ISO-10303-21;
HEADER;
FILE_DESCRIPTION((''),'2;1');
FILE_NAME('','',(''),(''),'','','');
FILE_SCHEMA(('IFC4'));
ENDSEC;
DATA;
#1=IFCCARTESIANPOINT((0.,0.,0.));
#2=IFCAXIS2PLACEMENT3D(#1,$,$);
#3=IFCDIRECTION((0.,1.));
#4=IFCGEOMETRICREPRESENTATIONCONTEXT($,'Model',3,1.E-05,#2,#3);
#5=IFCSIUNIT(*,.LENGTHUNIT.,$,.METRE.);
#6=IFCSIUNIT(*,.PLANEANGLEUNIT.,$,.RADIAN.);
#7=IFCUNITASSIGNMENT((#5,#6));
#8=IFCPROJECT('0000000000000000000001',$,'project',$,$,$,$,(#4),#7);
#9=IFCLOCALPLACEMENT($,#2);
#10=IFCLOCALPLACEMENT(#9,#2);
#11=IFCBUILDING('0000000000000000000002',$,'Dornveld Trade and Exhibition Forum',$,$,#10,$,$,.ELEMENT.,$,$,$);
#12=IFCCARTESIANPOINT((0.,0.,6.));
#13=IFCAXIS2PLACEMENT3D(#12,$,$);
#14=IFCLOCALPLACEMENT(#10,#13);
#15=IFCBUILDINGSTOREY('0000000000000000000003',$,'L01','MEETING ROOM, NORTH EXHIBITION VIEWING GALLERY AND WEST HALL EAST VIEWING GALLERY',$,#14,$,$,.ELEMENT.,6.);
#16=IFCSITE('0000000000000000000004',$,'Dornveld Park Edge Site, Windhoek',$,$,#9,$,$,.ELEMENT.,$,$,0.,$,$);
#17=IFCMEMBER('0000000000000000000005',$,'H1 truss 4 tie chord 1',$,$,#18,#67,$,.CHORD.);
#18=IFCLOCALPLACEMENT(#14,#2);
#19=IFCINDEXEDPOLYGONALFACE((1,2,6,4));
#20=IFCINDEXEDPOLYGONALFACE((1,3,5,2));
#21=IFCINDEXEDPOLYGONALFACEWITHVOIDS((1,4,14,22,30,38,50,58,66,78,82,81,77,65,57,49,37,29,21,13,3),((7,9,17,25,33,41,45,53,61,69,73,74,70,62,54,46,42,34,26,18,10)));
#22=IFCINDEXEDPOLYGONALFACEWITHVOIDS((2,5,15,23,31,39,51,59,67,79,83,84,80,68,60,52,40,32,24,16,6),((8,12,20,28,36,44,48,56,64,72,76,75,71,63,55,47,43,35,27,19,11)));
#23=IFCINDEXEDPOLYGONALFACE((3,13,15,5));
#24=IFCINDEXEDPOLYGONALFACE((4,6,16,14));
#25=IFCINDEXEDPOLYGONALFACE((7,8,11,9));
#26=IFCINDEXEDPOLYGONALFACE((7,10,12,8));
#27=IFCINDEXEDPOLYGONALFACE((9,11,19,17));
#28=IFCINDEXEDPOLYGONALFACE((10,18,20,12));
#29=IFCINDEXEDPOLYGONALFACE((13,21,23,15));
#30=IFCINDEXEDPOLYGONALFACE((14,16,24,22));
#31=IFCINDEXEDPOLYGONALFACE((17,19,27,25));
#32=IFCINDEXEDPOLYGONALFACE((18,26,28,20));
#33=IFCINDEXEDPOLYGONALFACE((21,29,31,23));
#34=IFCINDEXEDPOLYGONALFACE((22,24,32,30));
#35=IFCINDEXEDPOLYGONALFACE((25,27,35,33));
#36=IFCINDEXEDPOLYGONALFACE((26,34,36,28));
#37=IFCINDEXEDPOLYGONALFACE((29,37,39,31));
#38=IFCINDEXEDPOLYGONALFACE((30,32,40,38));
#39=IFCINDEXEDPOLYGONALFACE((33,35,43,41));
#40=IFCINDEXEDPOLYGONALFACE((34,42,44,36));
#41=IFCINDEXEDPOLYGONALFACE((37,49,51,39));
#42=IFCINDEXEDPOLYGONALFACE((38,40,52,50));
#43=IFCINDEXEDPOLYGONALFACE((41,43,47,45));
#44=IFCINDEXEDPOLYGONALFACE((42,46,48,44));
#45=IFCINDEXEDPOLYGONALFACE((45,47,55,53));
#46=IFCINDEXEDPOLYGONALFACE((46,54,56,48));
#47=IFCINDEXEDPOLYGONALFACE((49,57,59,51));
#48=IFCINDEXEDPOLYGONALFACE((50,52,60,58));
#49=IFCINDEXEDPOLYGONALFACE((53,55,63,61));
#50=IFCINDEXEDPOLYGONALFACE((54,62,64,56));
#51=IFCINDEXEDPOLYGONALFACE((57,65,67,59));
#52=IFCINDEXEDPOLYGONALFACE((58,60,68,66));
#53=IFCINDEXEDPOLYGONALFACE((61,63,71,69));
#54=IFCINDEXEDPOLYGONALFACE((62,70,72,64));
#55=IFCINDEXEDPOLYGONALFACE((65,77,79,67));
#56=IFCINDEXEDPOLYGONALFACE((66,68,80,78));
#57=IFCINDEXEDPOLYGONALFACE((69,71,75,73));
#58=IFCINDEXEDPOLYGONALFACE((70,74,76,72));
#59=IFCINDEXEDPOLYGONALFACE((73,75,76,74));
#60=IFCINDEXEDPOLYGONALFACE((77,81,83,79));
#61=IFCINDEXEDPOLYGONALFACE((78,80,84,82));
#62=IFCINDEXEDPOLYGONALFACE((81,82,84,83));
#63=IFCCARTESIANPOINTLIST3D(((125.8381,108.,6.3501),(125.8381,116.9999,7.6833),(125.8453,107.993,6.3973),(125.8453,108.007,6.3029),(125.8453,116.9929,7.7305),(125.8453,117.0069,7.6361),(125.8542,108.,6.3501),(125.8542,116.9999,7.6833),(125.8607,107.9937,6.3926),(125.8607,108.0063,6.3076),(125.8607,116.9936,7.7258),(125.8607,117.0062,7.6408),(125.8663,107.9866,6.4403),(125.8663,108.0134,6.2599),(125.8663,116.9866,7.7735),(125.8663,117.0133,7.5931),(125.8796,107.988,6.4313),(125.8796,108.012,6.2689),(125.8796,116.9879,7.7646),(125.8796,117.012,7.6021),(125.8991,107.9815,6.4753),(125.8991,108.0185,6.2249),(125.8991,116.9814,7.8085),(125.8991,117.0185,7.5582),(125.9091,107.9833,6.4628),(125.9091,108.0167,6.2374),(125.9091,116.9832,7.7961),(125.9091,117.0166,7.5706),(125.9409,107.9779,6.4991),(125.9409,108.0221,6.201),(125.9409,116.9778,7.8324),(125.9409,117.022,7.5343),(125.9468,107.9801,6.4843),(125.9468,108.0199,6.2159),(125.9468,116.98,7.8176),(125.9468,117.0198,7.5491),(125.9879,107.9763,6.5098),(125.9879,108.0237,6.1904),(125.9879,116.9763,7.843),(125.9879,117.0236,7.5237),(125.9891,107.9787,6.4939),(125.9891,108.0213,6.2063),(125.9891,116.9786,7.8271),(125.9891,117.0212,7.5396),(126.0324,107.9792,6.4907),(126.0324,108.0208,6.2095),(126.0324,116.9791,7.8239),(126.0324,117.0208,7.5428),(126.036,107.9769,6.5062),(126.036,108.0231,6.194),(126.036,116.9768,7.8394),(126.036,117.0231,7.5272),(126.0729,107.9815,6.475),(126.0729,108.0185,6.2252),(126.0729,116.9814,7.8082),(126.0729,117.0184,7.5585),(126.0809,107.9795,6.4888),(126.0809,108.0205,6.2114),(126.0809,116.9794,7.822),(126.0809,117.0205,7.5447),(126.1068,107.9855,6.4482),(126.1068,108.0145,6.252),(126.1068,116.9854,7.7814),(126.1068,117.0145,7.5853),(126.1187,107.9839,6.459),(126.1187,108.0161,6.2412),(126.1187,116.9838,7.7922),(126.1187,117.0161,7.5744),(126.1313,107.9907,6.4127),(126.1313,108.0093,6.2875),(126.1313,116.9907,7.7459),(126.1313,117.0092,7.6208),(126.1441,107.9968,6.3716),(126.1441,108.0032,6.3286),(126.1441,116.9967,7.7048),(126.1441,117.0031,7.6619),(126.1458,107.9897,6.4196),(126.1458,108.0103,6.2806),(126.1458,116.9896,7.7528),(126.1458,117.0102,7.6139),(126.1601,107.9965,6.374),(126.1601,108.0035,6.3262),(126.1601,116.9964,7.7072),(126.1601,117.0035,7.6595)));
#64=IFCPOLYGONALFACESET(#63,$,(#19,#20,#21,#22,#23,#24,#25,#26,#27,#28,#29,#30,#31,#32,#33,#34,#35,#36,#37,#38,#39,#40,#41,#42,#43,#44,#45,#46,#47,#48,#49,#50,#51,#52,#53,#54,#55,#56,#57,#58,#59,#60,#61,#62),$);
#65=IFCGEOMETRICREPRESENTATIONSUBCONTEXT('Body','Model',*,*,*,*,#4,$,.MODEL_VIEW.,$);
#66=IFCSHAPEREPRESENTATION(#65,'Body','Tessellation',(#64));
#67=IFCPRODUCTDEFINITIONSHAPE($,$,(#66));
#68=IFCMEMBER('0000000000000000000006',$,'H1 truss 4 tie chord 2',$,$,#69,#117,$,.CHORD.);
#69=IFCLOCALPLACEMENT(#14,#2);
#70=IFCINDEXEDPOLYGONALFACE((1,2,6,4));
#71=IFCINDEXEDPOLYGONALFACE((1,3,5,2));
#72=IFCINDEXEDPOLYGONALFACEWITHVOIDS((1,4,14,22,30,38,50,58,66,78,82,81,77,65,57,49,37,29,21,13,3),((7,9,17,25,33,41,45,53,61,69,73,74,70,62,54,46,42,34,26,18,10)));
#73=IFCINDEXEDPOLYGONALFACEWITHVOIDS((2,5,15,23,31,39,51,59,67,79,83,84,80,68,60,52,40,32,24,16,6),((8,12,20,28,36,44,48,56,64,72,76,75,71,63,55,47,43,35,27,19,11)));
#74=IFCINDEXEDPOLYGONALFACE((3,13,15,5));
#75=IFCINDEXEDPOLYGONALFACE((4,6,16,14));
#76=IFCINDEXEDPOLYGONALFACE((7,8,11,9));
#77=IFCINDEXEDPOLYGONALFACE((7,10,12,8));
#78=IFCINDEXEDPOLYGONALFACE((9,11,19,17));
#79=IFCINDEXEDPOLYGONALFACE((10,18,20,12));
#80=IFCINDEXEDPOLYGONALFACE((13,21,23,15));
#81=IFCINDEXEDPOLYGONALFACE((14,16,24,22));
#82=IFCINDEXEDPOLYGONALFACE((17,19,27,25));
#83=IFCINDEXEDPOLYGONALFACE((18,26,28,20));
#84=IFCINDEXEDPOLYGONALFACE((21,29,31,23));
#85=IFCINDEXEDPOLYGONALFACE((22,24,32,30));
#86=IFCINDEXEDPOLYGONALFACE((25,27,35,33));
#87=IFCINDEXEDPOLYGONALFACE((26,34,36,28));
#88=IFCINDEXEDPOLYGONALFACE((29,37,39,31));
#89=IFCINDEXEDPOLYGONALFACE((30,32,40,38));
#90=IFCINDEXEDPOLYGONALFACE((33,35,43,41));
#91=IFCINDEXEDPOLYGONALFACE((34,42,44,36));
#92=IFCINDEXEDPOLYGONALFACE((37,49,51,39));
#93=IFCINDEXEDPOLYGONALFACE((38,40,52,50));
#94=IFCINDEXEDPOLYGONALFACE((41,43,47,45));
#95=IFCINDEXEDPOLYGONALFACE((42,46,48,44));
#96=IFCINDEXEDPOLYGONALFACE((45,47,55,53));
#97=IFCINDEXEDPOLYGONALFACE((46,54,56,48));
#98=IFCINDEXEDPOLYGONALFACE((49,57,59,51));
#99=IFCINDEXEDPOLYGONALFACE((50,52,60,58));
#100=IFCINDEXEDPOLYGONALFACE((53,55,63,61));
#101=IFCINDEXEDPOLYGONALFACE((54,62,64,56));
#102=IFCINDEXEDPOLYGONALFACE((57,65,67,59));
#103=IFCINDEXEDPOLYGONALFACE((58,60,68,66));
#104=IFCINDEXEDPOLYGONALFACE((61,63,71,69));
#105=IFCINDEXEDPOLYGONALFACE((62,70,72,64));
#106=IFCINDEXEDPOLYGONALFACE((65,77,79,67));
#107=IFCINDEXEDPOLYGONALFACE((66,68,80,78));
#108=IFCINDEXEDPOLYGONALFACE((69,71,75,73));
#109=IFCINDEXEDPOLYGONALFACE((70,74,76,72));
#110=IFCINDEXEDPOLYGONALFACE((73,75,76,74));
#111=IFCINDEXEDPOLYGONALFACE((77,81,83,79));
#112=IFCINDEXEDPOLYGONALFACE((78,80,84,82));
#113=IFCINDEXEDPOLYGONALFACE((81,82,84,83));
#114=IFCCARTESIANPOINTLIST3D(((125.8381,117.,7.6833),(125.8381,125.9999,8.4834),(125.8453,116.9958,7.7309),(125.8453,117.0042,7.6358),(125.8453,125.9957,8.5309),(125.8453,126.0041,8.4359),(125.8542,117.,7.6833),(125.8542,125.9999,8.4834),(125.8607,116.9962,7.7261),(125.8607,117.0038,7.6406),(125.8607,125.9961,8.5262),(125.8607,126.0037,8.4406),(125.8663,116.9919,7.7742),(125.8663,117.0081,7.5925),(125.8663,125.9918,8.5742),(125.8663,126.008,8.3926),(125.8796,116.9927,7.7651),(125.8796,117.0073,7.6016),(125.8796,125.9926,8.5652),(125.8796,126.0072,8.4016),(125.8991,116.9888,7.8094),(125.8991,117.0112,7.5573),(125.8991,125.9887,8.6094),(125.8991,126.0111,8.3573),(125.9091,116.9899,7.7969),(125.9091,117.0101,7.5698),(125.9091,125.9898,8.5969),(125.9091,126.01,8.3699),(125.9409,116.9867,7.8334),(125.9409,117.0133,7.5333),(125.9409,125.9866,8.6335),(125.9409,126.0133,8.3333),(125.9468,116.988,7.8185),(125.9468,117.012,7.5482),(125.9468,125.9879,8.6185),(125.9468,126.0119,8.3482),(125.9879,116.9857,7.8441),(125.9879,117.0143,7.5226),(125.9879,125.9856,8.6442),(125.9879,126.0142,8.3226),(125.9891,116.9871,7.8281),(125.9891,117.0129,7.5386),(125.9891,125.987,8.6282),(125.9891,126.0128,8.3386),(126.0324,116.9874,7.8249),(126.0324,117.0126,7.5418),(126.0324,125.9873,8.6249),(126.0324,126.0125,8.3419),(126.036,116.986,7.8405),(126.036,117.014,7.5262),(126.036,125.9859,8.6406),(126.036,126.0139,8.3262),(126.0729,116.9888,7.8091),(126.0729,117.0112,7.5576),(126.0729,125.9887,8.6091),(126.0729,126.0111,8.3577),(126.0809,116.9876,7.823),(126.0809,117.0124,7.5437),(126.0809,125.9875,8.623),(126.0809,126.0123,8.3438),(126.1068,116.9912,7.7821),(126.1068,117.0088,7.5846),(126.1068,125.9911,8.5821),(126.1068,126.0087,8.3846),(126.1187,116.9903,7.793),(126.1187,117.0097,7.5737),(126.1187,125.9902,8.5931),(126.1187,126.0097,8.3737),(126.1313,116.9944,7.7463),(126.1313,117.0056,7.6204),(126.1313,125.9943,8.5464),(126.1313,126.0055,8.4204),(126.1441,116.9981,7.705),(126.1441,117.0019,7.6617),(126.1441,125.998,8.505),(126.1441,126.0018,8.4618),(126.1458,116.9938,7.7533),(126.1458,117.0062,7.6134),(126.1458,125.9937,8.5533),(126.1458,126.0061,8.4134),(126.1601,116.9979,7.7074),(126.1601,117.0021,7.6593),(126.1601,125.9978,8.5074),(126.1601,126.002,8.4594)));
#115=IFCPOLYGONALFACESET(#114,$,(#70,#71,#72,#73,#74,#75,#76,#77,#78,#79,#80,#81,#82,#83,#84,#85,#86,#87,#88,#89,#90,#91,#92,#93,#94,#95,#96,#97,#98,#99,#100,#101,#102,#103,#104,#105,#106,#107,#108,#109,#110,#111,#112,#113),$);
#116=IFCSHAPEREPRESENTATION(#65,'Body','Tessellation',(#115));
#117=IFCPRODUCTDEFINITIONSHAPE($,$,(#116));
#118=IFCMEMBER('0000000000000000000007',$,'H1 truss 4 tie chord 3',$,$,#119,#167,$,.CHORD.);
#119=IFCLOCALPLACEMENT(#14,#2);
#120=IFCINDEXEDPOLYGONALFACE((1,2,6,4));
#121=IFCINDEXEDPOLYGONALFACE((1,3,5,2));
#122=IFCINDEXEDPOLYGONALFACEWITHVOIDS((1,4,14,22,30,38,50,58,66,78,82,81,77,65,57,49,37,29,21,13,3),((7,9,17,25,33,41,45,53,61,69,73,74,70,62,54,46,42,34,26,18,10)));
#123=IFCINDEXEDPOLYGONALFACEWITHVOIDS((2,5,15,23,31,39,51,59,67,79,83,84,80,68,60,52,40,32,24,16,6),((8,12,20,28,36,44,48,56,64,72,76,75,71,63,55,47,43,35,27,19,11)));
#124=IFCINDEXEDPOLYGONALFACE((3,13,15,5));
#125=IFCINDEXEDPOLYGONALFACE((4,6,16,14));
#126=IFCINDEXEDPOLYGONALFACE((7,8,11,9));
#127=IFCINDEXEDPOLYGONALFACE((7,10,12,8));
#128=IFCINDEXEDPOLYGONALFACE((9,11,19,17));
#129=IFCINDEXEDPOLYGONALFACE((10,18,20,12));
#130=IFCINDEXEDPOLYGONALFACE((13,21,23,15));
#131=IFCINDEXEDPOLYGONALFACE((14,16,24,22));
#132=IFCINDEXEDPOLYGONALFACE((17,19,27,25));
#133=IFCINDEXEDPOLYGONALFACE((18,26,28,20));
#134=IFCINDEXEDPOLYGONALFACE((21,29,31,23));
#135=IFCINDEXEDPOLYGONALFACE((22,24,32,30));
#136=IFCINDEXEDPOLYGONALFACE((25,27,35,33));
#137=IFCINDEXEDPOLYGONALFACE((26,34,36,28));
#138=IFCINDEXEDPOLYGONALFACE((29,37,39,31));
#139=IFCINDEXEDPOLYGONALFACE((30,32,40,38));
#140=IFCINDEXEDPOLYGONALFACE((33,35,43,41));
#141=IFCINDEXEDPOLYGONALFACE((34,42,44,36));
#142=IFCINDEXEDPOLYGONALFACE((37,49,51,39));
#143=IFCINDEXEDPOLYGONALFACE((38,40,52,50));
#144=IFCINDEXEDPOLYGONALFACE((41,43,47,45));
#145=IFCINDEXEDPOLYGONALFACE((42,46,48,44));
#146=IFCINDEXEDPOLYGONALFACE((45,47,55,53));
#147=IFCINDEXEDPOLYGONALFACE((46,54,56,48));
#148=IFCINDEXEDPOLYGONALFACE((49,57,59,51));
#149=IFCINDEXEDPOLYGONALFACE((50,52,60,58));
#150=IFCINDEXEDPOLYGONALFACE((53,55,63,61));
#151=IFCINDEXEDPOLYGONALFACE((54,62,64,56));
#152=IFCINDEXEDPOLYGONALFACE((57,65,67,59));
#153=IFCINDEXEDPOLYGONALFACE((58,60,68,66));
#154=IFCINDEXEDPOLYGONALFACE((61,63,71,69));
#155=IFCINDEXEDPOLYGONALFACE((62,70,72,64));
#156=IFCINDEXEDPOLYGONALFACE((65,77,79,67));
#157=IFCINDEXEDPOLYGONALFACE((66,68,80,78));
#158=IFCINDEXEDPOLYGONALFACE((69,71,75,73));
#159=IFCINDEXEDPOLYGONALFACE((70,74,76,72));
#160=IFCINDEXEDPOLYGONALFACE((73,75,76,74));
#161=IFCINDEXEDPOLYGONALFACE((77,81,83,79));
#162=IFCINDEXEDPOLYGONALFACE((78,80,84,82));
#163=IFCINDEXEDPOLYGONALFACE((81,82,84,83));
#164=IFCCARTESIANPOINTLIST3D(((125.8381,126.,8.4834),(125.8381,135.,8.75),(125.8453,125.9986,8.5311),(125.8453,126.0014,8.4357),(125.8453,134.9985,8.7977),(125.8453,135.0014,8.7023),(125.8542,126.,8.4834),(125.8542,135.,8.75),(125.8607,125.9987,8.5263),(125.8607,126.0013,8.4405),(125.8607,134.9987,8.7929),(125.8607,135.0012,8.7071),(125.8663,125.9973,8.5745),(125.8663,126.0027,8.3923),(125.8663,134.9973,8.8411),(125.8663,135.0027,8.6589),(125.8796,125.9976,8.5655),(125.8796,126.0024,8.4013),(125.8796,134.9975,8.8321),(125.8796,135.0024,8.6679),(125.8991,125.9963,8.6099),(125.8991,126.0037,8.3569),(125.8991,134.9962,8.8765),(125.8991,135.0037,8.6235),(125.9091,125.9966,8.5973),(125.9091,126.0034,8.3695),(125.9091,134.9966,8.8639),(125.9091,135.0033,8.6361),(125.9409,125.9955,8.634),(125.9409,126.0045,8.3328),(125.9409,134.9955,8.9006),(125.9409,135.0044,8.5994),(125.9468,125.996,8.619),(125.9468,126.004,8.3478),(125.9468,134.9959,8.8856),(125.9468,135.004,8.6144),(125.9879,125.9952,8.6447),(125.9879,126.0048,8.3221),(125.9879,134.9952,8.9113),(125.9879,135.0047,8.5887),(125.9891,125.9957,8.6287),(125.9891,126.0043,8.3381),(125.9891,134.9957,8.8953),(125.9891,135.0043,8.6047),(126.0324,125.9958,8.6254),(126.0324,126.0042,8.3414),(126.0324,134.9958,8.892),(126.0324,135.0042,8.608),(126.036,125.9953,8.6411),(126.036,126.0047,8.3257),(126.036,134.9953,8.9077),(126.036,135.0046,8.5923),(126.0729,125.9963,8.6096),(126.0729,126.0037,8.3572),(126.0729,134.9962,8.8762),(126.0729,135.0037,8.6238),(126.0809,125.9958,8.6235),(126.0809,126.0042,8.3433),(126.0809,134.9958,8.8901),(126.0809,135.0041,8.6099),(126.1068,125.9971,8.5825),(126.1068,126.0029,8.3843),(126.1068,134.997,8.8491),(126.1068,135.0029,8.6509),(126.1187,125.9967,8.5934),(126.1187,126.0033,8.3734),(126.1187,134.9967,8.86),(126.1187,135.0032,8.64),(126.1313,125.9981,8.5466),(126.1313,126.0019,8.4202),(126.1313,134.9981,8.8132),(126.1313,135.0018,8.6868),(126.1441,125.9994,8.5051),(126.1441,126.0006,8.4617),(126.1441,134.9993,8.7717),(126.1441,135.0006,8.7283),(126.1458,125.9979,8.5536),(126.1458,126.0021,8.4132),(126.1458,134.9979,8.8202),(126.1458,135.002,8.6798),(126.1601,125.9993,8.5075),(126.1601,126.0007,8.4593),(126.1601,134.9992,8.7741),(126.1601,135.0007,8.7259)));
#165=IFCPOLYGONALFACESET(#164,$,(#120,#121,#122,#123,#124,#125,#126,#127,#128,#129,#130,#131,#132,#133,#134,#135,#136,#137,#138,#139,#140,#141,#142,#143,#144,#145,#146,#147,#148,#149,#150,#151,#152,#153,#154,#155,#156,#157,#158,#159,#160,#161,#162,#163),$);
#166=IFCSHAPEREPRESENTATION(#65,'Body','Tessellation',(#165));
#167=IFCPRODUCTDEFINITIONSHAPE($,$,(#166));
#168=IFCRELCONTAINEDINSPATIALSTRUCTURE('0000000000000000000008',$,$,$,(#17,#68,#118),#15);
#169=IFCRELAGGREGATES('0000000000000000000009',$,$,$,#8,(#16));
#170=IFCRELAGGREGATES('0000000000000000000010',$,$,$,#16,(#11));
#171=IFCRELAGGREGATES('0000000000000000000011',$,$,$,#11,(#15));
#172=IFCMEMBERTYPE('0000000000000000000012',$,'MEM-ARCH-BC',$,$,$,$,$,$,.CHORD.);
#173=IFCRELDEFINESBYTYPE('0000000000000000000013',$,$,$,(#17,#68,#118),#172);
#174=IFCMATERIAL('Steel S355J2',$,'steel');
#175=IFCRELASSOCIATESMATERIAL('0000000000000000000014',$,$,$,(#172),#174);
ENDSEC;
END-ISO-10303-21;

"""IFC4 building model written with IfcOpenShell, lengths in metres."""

from ifc_helpers import new_model, si_unit, direction, frame, origin, origin_2d, place, context, subcontext, project, spatial, hollow_circle, extrude, material, material_profile, profile_set, type_object, element, save


model = new_model("IFC4")

# Units and contexts
model_context = context("Model", 3, precision=1e-05, world=origin(), true_north=direction((0.0, 1.0)))
body_context = subcontext(model_context, "Body", "Model", "MODEL_VIEW")
ifc_project = project(units=[si_unit("LENGTHUNIT", "METRE"), si_unit("PLANEANGLEUNIT", "RADIAN")], contexts=[model_context])

# Site, building, storey
site_placement = place(None, origin())
site = spatial("IfcSite", under=ifc_project, at=site_placement, Name="Dornveld Park Edge Site, Windhoek", CompositionType="ELEMENT", RefElevation=0.0)
building_placement = place(site_placement, origin())
building = spatial("IfcBuilding", under=site, at=building_placement, Name="Dornveld Trade and Exhibition Forum", CompositionType="ELEMENT")
storey_placement = place(building_placement, frame((0.0, 0.0, 6.0)))
storey = spatial("IfcBuildingStorey", under=building, at=storey_placement, Name="L01", Description="MEETING ROOM, NORTH EXHIBITION VIEWING GALLERY AND WEST HALL EAST VIEWING GALLERY", CompositionType="ELEMENT", Elevation=6.0)

# Members
ifc_material_1 = material(Name="Steel S355J2", Category="steel")
ifc_material_profile_1 = material_profile(ifc_material_1, hollow_circle(Radius=0.1619, WallThickness=0.0161, at=origin_2d()), Name="CHS 323.9x16")
ifc_profile_set_1 = profile_set([ifc_material_profile_1], Name="Steel S355J2")
member_type_1 = type_object("IfcMemberType", Name="MEM-ARCH-BC", PredefinedType="CHORD", material=ifc_profile_set_1)
member_1_placement = place(storey_placement, frame((126.0, 108.0, 6.3501), z_axis=(0.0, 0.989205, 0.14654), x_axis=(-1.0, 0.0, 0.0)))
element("IfcMember", 1, at=member_1_placement, inside=storey, type_object=member_type_1, Name="H1 truss 4 tie chord 1", PredefinedType="CHORD", context=body_context, shape_type="SweptSolid", body=[
    extrude(hollow_circle(Radius=0.1619, WallThickness=0.0161, at=origin_2d()), origin(), (0.0, 0.0, 1.0), 9.0981),
])
member_2_placement = place(storey_placement, frame((126.0, 117.0, 7.6833), z_axis=(0.0, 0.996072, 0.088545), x_axis=(-1.0, 0.0, 0.0)))
element("IfcMember", 2, at=member_2_placement, inside=storey, type_object=member_type_1, Name="H1 truss 4 tie chord 2", PredefinedType="CHORD", context=body_context, shape_type="SweptSolid", body=[
    extrude(hollow_circle(Radius=0.1619, WallThickness=0.0161, at=origin_2d()), origin(), (0.0, 0.0, 1.0), 9.0354),
])
member_3_placement = place(storey_placement, frame((126.0, 126.0, 8.4834), z_axis=(0.0, 0.999562, 0.029609), x_axis=(-1.0, 0.0, 0.0)))
element("IfcMember", 3, at=member_3_placement, inside=storey, type_object=member_type_1, Name="H1 truss 4 tie chord 3", PredefinedType="CHORD", context=body_context, shape_type="SweptSolid", body=[
    extrude(hollow_circle(Radius=0.1619, WallThickness=0.0161, at=origin_2d()), origin(), (0.0, 0.0, 1.0), 9.0039),
])

save(model, "model.ifc")
